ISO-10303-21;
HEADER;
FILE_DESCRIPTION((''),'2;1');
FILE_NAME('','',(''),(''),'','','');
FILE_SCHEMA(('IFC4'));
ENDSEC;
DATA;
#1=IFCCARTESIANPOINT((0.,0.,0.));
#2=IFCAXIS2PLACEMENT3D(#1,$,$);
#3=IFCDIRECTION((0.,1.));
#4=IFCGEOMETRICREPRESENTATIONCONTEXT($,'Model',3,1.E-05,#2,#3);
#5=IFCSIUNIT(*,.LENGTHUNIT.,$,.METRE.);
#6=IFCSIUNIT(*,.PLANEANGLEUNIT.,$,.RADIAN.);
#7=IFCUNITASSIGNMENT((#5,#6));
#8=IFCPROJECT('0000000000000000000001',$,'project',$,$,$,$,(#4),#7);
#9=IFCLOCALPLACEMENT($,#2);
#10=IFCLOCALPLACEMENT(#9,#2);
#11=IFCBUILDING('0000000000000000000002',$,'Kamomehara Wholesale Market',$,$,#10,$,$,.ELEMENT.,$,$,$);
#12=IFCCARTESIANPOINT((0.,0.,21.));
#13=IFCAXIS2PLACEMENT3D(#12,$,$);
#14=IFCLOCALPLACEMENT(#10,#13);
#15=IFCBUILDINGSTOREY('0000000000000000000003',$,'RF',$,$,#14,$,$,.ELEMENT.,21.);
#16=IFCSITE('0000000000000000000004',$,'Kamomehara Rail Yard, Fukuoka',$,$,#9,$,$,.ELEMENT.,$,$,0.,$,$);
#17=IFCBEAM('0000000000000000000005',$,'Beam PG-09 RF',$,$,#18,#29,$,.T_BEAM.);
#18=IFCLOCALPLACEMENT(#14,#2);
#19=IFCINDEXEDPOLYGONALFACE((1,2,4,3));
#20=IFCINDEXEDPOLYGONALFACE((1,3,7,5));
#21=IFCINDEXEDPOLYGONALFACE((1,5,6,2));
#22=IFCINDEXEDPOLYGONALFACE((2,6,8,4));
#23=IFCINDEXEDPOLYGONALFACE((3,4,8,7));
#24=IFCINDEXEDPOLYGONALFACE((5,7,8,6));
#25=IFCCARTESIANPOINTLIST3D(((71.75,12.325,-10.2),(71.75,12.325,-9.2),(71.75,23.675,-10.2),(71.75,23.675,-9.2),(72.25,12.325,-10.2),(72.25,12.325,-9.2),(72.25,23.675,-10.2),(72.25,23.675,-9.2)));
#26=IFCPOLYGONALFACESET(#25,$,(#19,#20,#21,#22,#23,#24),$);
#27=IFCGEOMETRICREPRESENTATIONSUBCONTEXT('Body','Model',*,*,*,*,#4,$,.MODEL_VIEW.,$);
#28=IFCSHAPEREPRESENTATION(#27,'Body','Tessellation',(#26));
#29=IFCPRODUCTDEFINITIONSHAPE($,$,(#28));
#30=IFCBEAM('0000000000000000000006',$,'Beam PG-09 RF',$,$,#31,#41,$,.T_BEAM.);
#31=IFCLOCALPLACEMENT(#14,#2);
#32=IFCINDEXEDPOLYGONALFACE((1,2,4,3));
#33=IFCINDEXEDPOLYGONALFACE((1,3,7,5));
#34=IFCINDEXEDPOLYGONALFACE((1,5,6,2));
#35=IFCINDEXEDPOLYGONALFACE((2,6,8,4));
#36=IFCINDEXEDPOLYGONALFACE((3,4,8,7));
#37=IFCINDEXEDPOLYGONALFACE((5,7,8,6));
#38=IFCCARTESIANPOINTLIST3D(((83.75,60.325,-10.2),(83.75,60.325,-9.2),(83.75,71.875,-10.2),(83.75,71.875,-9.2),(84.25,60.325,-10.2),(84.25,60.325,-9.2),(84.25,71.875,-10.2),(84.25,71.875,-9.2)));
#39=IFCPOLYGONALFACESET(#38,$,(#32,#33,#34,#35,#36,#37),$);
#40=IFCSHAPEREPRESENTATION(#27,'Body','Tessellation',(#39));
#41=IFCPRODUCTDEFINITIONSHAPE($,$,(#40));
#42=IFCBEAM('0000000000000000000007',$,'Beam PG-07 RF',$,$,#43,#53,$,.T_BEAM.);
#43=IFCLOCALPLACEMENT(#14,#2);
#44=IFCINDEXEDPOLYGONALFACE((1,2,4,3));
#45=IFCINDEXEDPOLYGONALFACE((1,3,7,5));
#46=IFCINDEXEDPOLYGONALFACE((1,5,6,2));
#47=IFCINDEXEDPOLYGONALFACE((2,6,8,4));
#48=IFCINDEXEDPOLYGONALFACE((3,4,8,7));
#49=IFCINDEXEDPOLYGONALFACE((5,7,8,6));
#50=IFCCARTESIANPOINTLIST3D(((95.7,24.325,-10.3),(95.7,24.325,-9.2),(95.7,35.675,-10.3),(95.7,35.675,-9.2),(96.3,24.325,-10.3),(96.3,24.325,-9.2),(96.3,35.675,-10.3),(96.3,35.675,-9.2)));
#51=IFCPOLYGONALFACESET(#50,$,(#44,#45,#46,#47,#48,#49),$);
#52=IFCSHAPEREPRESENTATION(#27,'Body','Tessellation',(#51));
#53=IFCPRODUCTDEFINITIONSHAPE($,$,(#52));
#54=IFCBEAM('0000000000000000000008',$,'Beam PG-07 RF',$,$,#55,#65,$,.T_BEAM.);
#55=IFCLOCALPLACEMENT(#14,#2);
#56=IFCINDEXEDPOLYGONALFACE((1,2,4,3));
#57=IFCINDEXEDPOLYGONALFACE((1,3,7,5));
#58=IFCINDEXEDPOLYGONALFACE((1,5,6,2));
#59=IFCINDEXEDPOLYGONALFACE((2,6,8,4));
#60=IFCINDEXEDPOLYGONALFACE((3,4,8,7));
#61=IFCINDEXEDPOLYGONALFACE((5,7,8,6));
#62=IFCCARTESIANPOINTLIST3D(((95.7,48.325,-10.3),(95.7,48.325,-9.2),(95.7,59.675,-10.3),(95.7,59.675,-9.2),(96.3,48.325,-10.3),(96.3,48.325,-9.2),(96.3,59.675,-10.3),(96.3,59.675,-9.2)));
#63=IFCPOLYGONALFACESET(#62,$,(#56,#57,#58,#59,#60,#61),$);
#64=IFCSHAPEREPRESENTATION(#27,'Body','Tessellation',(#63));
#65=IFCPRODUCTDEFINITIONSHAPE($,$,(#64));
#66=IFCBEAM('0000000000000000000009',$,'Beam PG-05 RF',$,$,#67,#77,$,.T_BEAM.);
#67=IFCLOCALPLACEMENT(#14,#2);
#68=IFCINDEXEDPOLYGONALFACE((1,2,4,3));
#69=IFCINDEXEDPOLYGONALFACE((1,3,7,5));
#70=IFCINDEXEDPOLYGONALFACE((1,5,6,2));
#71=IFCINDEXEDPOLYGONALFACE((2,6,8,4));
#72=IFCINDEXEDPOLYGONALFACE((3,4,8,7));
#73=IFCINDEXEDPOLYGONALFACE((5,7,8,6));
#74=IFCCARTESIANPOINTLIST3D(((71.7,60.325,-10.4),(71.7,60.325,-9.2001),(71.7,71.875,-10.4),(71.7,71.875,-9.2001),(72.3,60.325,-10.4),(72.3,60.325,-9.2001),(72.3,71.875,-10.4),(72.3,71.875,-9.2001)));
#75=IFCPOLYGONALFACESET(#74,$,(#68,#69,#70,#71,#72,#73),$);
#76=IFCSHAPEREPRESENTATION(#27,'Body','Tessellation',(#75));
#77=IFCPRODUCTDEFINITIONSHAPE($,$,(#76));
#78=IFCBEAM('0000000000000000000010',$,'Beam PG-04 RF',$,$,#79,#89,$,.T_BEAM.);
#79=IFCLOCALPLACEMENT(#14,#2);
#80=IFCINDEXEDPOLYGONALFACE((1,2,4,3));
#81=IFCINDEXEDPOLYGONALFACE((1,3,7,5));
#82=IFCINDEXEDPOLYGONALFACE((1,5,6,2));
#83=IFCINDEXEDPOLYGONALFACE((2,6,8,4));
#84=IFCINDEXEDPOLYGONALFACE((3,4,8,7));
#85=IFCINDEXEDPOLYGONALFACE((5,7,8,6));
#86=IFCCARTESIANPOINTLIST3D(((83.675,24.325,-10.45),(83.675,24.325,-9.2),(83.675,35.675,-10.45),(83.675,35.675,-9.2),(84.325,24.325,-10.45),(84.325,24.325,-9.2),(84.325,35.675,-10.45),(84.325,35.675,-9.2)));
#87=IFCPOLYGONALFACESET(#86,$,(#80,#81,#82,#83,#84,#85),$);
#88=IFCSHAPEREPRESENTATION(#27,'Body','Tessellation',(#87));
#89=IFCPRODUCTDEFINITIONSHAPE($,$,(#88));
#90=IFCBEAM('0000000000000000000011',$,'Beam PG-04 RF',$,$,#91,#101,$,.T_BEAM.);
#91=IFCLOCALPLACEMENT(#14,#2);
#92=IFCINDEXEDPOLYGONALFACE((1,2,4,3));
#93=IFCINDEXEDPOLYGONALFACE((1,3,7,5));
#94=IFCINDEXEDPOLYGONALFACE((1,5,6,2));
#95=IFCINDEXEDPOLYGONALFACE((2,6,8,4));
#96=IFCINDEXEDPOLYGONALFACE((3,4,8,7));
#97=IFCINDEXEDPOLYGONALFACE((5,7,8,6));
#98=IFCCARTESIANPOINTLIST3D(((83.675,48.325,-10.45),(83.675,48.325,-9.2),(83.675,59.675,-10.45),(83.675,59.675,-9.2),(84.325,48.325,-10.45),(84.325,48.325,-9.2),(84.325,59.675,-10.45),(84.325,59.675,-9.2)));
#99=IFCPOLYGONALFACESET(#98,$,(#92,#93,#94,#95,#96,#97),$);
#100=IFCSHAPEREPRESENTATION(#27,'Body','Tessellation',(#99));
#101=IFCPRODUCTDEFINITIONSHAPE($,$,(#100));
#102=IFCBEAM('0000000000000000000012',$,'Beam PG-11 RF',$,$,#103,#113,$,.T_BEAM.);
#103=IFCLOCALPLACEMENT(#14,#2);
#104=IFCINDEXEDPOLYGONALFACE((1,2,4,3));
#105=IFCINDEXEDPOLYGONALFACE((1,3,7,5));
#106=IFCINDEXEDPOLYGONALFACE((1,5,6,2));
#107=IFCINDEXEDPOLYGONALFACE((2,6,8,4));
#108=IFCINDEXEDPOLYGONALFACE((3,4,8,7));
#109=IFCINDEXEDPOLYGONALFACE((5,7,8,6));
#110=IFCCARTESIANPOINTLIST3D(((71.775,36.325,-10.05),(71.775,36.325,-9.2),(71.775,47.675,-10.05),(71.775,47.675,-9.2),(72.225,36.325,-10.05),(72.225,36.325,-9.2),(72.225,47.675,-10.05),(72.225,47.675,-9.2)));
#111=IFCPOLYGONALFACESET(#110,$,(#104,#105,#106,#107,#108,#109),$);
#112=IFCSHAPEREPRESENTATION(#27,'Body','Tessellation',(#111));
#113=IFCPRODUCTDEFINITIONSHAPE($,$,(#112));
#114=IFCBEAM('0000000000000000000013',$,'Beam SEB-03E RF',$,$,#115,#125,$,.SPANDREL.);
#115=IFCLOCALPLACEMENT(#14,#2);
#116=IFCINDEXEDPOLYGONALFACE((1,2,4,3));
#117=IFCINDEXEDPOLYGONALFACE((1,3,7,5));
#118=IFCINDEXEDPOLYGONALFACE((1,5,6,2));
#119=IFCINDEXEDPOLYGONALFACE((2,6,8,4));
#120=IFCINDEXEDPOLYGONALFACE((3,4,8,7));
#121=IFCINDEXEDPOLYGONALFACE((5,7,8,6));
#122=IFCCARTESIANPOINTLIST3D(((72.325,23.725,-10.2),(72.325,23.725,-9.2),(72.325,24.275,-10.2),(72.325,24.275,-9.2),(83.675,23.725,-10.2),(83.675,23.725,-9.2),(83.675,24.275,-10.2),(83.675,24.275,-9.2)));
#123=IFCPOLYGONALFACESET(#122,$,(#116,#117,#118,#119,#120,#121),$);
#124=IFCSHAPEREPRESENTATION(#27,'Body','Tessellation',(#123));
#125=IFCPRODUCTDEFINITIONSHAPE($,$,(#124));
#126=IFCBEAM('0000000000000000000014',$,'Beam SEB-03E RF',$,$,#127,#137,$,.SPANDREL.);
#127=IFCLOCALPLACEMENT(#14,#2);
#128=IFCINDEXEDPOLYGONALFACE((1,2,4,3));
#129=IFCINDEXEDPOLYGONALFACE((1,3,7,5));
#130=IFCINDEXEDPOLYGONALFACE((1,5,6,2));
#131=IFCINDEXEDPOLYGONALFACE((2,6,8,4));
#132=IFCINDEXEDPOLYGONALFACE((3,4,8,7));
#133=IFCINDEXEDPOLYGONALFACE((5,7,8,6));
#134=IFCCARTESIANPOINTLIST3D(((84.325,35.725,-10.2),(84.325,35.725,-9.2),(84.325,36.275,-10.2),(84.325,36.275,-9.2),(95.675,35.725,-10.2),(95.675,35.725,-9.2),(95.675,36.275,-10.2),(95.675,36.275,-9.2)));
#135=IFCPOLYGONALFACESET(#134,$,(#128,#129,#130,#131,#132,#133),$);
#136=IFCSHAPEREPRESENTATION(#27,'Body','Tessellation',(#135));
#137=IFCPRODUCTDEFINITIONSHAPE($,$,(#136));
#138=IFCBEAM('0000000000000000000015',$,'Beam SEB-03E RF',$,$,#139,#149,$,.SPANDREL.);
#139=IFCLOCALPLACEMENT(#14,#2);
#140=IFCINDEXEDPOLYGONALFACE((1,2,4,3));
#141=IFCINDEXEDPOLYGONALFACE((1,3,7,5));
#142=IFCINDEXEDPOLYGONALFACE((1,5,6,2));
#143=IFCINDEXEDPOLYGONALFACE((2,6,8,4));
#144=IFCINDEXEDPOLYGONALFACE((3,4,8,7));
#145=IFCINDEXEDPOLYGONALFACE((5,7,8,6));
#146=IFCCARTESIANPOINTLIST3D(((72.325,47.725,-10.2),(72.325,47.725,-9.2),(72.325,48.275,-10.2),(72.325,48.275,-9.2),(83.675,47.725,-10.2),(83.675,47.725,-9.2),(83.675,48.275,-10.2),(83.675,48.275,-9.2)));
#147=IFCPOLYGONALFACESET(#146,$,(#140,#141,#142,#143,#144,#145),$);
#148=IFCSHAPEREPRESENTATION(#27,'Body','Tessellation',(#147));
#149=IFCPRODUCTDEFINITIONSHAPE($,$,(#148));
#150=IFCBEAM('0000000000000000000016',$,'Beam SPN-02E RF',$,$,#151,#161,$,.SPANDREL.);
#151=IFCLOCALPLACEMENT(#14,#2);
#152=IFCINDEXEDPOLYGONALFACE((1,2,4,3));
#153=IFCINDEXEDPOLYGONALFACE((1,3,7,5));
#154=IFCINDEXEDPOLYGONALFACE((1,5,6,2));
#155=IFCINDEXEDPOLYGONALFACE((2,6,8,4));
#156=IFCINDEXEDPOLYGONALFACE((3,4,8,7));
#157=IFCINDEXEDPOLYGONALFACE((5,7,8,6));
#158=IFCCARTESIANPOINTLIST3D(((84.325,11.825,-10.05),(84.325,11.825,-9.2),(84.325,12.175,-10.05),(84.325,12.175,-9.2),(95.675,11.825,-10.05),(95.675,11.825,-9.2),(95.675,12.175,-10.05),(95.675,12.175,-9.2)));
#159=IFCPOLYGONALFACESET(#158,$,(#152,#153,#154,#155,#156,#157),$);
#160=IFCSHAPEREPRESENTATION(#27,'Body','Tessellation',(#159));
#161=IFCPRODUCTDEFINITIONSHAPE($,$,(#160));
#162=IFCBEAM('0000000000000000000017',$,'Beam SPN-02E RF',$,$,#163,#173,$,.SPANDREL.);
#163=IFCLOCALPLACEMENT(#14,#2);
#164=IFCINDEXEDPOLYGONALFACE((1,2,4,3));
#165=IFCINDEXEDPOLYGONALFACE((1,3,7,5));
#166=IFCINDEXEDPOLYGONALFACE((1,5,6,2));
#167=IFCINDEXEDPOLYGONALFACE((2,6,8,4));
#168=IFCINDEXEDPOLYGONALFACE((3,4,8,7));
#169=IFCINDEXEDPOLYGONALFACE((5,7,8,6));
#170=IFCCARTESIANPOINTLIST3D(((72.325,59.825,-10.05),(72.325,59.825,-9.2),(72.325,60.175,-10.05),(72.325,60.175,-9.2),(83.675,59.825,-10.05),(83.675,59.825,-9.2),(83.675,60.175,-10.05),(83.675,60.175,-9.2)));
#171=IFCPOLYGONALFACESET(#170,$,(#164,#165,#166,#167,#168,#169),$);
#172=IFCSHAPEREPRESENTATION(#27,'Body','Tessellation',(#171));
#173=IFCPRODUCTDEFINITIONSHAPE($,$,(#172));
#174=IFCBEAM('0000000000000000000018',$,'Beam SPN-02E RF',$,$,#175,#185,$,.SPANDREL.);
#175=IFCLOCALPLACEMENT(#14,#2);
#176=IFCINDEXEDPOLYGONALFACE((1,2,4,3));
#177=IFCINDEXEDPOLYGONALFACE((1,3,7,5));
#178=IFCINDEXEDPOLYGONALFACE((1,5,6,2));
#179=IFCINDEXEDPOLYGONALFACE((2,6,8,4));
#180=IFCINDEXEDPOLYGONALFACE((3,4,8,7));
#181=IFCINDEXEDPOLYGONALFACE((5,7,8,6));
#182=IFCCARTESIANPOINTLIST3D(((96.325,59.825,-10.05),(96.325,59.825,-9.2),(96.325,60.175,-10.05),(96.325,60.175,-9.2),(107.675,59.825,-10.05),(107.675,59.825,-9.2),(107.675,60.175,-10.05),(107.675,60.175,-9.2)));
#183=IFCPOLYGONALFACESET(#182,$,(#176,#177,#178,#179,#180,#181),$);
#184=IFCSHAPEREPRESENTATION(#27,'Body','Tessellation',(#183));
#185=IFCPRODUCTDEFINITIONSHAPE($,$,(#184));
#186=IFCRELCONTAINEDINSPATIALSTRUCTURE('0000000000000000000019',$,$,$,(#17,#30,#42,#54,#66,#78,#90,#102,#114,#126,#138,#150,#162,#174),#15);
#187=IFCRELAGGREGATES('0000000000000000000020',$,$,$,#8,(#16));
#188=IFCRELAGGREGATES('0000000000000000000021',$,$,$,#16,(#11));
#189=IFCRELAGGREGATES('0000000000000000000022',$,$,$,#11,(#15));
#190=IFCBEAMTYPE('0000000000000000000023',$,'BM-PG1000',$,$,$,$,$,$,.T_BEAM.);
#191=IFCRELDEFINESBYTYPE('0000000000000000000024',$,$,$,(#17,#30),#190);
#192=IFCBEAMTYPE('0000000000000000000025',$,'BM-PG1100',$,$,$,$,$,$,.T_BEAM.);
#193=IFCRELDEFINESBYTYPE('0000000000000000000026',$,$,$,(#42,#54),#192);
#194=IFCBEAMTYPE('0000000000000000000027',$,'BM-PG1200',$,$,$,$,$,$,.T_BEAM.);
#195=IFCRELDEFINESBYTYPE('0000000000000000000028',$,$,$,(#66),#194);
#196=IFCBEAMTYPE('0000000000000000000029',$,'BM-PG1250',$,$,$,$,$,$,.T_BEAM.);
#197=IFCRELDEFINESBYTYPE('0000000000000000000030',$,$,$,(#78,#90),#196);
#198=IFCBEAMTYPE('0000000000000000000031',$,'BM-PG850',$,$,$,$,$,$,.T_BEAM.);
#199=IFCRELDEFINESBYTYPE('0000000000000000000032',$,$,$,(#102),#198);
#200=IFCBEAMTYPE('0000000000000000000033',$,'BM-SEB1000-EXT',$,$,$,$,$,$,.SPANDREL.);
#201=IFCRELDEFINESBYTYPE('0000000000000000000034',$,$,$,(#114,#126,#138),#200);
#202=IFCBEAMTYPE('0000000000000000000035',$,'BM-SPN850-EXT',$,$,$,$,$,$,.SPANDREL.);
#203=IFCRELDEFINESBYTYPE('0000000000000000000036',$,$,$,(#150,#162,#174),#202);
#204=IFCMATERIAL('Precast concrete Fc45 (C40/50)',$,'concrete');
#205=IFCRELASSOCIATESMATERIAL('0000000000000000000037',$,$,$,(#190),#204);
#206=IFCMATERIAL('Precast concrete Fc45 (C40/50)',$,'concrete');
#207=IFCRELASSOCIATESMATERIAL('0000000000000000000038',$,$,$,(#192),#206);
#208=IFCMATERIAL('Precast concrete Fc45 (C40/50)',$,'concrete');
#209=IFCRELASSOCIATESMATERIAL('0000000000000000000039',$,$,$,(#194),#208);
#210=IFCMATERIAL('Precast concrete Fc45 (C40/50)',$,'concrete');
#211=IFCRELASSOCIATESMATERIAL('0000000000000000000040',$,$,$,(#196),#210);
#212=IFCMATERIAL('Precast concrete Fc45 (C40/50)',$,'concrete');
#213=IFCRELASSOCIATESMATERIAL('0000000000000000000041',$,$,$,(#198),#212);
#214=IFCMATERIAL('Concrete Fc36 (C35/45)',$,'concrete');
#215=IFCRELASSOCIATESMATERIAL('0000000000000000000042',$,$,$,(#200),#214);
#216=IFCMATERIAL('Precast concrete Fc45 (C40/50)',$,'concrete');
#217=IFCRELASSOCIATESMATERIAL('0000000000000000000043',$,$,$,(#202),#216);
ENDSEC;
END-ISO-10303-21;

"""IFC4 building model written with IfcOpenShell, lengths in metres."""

from ifc_helpers import new_model, si_unit, direction, frame, origin, origin_2d, place, context, subcontext, project, spatial, rectangle, extrude, material, material_profile, profile_set, type_object, element, save


model = new_model("IFC4")

# Units and contexts
model_context = context("Model", 3, precision=1e-05, world=origin(), true_north=direction((0.0, 1.0)))
body_context = subcontext(model_context, "Body", "Model", "MODEL_VIEW")
ifc_project = project(units=[si_unit("LENGTHUNIT", "METRE"), si_unit("PLANEANGLEUNIT", "RADIAN")], contexts=[model_context])

# Site, building, storey
site_placement = place(None, origin())
site = spatial("IfcSite", under=ifc_project, at=site_placement, Name="Kamomehara Rail Yard, Fukuoka", CompositionType="ELEMENT", RefElevation=0.0)
building_placement = place(site_placement, origin())
building = spatial("IfcBuilding", under=site, at=building_placement, Name="Kamomehara Wholesale Market", CompositionType="ELEMENT")
storey_placement = place(building_placement, frame((0.0, 0.0, 21.0)))
storey = spatial("IfcBuildingStorey", under=building, at=storey_placement, Name="RF", CompositionType="ELEMENT", Elevation=21.0)

# Beams
ifc_material_1 = material(Name="Precast concrete Fc45 (C40/50)", Category="concrete")
ifc_material_profile_1 = material_profile(ifc_material_1, rectangle(XDim=0.5, YDim=1.0, at=origin_2d()), Name="PC-GRD-500x1000")
ifc_profile_set_1 = profile_set([ifc_material_profile_1], Name="Precast concrete Fc45 (C40/50)")
beam_type_1 = type_object("IfcBeamType", Name="BM-PG1000", PredefinedType="T_BEAM", material=ifc_profile_set_1)
beam_1_placement = place(storey_placement, frame((72.0, 12.325, -9.7), z_axis=(0.0, 1.0, 0.0), x_axis=(-1.0, 0.0, 0.0)))
element("IfcBeam", 1, at=beam_1_placement, inside=storey, type_object=beam_type_1, Name="Beam PG-09 RF", PredefinedType="T_BEAM", context=body_context, shape_type="SweptSolid", body=[
    extrude(rectangle(XDim=0.5, YDim=1.0, at=origin_2d()), origin(), (0.0, 0.0, 1.0), 11.3501),
])
beam_2_placement = place(storey_placement, frame((84.0, 60.325, -9.7), z_axis=(0.0, 1.0, 0.0), x_axis=(-1.0, 0.0, 0.0)))
element("IfcBeam", 2, at=beam_2_placement, inside=storey, type_object=beam_type_1, Name="Beam PG-09 RF", PredefinedType="T_BEAM", context=body_context, shape_type="SweptSolid", body=[
    extrude(rectangle(XDim=0.5, YDim=1.0, at=origin_2d()), origin(), (0.0, 0.0, 1.0), 11.55),
])
ifc_material_2 = material(Name="Precast concrete Fc45 (C40/50)", Category="concrete")
ifc_material_profile_2 = material_profile(ifc_material_2, rectangle(XDim=0.6001, YDim=1.1001, at=origin_2d()), Name="PC-GRD-600x1100")
ifc_profile_set_2 = profile_set([ifc_material_profile_2], Name="Precast concrete Fc45 (C40/50)")
beam_type_2 = type_object("IfcBeamType", Name="BM-PG1100", PredefinedType="T_BEAM", material=ifc_profile_set_2)
for number, where, z_axis, x_axis, name in (
    (3, (96.0, 24.325, -9.75), (0.0, 1.0, 0.0), (-1.0, 0.0, 0.0), "Beam PG-07 RF"),
    (4, (96.0, 48.325, -9.75), (0.0, 1.0, 0.0), (-1.0, 0.0, 0.0), "Beam PG-07 RF"),
):
    element("IfcBeam", number, at=place(storey_placement, frame(where, z_axis=z_axis, x_axis=x_axis)), inside=storey, type_object=beam_type_2, Name=name, PredefinedType="T_BEAM", context=body_context, shape_type="SweptSolid", body=[
        extrude(rectangle(XDim=0.6001, YDim=1.1001, at=origin_2d()), origin(), (0.0, 0.0, 1.0), 11.3501),
    ])
ifc_material_3 = material(Name="Precast concrete Fc45 (C40/50)", Category="concrete")
ifc_material_profile_3 = material_profile(ifc_material_3, rectangle(XDim=0.6001, YDim=1.2, at=origin_2d()), Name="PC-GRD-600x1200")
ifc_profile_set_3 = profile_set([ifc_material_profile_3], Name="Precast concrete Fc45 (C40/50)")
beam_type_3 = type_object("IfcBeamType", Name="BM-PG1200", PredefinedType="T_BEAM", material=ifc_profile_set_3)
beam_3_placement = place(storey_placement, frame((72.0, 60.325, -9.8), z_axis=(0.0, 1.0, 0.0), x_axis=(-1.0, 0.0, 0.0)))
element("IfcBeam", 5, at=beam_3_placement, inside=storey, type_object=beam_type_3, Name="Beam PG-05 RF", PredefinedType="T_BEAM", context=body_context, shape_type="SweptSolid", body=[
    extrude(rectangle(XDim=0.6001, YDim=1.2, at=origin_2d()), origin(), (0.0, 0.0, 1.0), 11.55),
])
ifc_material_4 = material(Name="Precast concrete Fc45 (C40/50)", Category="concrete")
ifc_material_profile_4 = material_profile(ifc_material_4, rectangle(XDim=0.6499, YDim=1.25, at=origin_2d()), Name="PC-GRD-650x1250")
ifc_profile_set_4 = profile_set([ifc_material_profile_4], Name="Precast concrete Fc45 (C40/50)")
beam_type_4 = type_object("IfcBeamType", Name="BM-PG1250", PredefinedType="T_BEAM", material=ifc_profile_set_4)
for number, where, z_axis, x_axis, name in (
    (6, (84.0, 24.325, -9.825), (0.0, 1.0, 0.0), (-1.0, 0.0, 0.0), "Beam PG-04 RF"),
    (7, (84.0, 48.325, -9.825), (0.0, 1.0, 0.0), (-1.0, 0.0, 0.0), "Beam PG-04 RF"),
):
    element("IfcBeam", number, at=place(storey_placement, frame(where, z_axis=z_axis, x_axis=x_axis)), inside=storey, type_object=beam_type_4, Name=name, PredefinedType="T_BEAM", context=body_context, shape_type="SweptSolid", body=[
        extrude(rectangle(XDim=0.6499, YDim=1.25, at=origin_2d()), origin(), (0.0, 0.0, 1.0), 11.3501),
    ])
ifc_material_5 = material(Name="Precast concrete Fc45 (C40/50)", Category="concrete")
ifc_material_profile_5 = material_profile(ifc_material_5, rectangle(XDim=0.45, YDim=0.8501, at=origin_2d()), Name="PC-GRD-450x850")
ifc_profile_set_5 = profile_set([ifc_material_profile_5], Name="Precast concrete Fc45 (C40/50)")
beam_type_5 = type_object("IfcBeamType", Name="BM-PG850", PredefinedType="T_BEAM", material=ifc_profile_set_5)
beam_4_placement = place(storey_placement, frame((72.0, 36.325, -9.625), z_axis=(0.0, 1.0, 0.0), x_axis=(-1.0, 0.0, 0.0)))
element("IfcBeam", 8, at=beam_4_placement, inside=storey, type_object=beam_type_5, Name="Beam PG-11 RF", PredefinedType="T_BEAM", context=body_context, shape_type="SweptSolid", body=[
    extrude(rectangle(XDim=0.45, YDim=0.8501, at=origin_2d()), origin(), (0.0, 0.0, 1.0), 11.3501),
])
ifc_material_6 = material(Name="Concrete Fc36 (C35/45)", Category="concrete")
ifc_material_profile_6 = material_profile(ifc_material_6, rectangle(XDim=0.55, YDim=1.0, at=origin_2d()), Name="RC-SEB-550x1000")
ifc_profile_set_6 = profile_set([ifc_material_profile_6], Name="Concrete Fc36 (C35/45)")
beam_type_6 = type_object("IfcBeamType", Name="BM-SEB1000-EXT", PredefinedType="SPANDREL", material=ifc_profile_set_6)
for number, where, z_axis, x_axis, name in (
    (9, (72.325, 24.0, -9.7), (1.0, 0.0, 0.0), (0.0, 1.0, 0.0), "Beam SEB-03E RF"),
    (10, (84.325, 36.0, -9.7), (1.0, 0.0, 0.0), (0.0, 1.0, 0.0), "Beam SEB-03E RF"),
    (11, (72.325, 48.0, -9.7), (1.0, 0.0, 0.0), (0.0, 1.0, 0.0), "Beam SEB-03E RF"),
):
    element("IfcBeam", number, at=place(storey_placement, frame(where, z_axis=z_axis, x_axis=x_axis)), inside=storey, type_object=beam_type_6, Name=name, PredefinedType="SPANDREL", context=body_context, shape_type="SweptSolid", body=[
        extrude(rectangle(XDim=0.55, YDim=1.0, at=origin_2d()), origin(), (0.0, 0.0, 1.0), 11.3501),
    ])
ifc_material_7 = material(Name="Precast concrete Fc45 (C40/50)", Category="concrete")
ifc_material_profile_7 = material_profile(ifc_material_7, rectangle(XDim=0.3501, YDim=0.8501, at=origin_2d()), Name="PC-SPN-350x850")
ifc_profile_set_7 = profile_set([ifc_material_profile_7], Name="Precast concrete Fc45 (C40/50)")
beam_type_7 = type_object("IfcBeamType", Name="BM-SPN850-EXT", PredefinedType="SPANDREL", material=ifc_profile_set_7)
for number, where, z_axis, x_axis, name in (
    (12, (84.325, 12.0, -9.625), (1.0, 0.0, 0.0), (0.0, 1.0, 0.0), "Beam SPN-02E RF"),
    (13, (72.325, 60.0, -9.625), (1.0, 0.0, 0.0), (0.0, 1.0, 0.0), "Beam SPN-02E RF"),
    (14, (96.325, 60.0, -9.625), (1.0, 0.0, 0.0), (0.0, 1.0, 0.0), "Beam SPN-02E RF"),
):
    element("IfcBeam", number, at=place(storey_placement, frame(where, z_axis=z_axis, x_axis=x_axis)), inside=storey, type_object=beam_type_7, Name=name, PredefinedType="SPANDREL", context=body_context, shape_type="SweptSolid", body=[
        extrude(rectangle(XDim=0.3501, YDim=0.8501, at=origin_2d()), origin(), (0.0, 0.0, 1.0), 11.3501),
    ])

save(model, "model.ifc")
